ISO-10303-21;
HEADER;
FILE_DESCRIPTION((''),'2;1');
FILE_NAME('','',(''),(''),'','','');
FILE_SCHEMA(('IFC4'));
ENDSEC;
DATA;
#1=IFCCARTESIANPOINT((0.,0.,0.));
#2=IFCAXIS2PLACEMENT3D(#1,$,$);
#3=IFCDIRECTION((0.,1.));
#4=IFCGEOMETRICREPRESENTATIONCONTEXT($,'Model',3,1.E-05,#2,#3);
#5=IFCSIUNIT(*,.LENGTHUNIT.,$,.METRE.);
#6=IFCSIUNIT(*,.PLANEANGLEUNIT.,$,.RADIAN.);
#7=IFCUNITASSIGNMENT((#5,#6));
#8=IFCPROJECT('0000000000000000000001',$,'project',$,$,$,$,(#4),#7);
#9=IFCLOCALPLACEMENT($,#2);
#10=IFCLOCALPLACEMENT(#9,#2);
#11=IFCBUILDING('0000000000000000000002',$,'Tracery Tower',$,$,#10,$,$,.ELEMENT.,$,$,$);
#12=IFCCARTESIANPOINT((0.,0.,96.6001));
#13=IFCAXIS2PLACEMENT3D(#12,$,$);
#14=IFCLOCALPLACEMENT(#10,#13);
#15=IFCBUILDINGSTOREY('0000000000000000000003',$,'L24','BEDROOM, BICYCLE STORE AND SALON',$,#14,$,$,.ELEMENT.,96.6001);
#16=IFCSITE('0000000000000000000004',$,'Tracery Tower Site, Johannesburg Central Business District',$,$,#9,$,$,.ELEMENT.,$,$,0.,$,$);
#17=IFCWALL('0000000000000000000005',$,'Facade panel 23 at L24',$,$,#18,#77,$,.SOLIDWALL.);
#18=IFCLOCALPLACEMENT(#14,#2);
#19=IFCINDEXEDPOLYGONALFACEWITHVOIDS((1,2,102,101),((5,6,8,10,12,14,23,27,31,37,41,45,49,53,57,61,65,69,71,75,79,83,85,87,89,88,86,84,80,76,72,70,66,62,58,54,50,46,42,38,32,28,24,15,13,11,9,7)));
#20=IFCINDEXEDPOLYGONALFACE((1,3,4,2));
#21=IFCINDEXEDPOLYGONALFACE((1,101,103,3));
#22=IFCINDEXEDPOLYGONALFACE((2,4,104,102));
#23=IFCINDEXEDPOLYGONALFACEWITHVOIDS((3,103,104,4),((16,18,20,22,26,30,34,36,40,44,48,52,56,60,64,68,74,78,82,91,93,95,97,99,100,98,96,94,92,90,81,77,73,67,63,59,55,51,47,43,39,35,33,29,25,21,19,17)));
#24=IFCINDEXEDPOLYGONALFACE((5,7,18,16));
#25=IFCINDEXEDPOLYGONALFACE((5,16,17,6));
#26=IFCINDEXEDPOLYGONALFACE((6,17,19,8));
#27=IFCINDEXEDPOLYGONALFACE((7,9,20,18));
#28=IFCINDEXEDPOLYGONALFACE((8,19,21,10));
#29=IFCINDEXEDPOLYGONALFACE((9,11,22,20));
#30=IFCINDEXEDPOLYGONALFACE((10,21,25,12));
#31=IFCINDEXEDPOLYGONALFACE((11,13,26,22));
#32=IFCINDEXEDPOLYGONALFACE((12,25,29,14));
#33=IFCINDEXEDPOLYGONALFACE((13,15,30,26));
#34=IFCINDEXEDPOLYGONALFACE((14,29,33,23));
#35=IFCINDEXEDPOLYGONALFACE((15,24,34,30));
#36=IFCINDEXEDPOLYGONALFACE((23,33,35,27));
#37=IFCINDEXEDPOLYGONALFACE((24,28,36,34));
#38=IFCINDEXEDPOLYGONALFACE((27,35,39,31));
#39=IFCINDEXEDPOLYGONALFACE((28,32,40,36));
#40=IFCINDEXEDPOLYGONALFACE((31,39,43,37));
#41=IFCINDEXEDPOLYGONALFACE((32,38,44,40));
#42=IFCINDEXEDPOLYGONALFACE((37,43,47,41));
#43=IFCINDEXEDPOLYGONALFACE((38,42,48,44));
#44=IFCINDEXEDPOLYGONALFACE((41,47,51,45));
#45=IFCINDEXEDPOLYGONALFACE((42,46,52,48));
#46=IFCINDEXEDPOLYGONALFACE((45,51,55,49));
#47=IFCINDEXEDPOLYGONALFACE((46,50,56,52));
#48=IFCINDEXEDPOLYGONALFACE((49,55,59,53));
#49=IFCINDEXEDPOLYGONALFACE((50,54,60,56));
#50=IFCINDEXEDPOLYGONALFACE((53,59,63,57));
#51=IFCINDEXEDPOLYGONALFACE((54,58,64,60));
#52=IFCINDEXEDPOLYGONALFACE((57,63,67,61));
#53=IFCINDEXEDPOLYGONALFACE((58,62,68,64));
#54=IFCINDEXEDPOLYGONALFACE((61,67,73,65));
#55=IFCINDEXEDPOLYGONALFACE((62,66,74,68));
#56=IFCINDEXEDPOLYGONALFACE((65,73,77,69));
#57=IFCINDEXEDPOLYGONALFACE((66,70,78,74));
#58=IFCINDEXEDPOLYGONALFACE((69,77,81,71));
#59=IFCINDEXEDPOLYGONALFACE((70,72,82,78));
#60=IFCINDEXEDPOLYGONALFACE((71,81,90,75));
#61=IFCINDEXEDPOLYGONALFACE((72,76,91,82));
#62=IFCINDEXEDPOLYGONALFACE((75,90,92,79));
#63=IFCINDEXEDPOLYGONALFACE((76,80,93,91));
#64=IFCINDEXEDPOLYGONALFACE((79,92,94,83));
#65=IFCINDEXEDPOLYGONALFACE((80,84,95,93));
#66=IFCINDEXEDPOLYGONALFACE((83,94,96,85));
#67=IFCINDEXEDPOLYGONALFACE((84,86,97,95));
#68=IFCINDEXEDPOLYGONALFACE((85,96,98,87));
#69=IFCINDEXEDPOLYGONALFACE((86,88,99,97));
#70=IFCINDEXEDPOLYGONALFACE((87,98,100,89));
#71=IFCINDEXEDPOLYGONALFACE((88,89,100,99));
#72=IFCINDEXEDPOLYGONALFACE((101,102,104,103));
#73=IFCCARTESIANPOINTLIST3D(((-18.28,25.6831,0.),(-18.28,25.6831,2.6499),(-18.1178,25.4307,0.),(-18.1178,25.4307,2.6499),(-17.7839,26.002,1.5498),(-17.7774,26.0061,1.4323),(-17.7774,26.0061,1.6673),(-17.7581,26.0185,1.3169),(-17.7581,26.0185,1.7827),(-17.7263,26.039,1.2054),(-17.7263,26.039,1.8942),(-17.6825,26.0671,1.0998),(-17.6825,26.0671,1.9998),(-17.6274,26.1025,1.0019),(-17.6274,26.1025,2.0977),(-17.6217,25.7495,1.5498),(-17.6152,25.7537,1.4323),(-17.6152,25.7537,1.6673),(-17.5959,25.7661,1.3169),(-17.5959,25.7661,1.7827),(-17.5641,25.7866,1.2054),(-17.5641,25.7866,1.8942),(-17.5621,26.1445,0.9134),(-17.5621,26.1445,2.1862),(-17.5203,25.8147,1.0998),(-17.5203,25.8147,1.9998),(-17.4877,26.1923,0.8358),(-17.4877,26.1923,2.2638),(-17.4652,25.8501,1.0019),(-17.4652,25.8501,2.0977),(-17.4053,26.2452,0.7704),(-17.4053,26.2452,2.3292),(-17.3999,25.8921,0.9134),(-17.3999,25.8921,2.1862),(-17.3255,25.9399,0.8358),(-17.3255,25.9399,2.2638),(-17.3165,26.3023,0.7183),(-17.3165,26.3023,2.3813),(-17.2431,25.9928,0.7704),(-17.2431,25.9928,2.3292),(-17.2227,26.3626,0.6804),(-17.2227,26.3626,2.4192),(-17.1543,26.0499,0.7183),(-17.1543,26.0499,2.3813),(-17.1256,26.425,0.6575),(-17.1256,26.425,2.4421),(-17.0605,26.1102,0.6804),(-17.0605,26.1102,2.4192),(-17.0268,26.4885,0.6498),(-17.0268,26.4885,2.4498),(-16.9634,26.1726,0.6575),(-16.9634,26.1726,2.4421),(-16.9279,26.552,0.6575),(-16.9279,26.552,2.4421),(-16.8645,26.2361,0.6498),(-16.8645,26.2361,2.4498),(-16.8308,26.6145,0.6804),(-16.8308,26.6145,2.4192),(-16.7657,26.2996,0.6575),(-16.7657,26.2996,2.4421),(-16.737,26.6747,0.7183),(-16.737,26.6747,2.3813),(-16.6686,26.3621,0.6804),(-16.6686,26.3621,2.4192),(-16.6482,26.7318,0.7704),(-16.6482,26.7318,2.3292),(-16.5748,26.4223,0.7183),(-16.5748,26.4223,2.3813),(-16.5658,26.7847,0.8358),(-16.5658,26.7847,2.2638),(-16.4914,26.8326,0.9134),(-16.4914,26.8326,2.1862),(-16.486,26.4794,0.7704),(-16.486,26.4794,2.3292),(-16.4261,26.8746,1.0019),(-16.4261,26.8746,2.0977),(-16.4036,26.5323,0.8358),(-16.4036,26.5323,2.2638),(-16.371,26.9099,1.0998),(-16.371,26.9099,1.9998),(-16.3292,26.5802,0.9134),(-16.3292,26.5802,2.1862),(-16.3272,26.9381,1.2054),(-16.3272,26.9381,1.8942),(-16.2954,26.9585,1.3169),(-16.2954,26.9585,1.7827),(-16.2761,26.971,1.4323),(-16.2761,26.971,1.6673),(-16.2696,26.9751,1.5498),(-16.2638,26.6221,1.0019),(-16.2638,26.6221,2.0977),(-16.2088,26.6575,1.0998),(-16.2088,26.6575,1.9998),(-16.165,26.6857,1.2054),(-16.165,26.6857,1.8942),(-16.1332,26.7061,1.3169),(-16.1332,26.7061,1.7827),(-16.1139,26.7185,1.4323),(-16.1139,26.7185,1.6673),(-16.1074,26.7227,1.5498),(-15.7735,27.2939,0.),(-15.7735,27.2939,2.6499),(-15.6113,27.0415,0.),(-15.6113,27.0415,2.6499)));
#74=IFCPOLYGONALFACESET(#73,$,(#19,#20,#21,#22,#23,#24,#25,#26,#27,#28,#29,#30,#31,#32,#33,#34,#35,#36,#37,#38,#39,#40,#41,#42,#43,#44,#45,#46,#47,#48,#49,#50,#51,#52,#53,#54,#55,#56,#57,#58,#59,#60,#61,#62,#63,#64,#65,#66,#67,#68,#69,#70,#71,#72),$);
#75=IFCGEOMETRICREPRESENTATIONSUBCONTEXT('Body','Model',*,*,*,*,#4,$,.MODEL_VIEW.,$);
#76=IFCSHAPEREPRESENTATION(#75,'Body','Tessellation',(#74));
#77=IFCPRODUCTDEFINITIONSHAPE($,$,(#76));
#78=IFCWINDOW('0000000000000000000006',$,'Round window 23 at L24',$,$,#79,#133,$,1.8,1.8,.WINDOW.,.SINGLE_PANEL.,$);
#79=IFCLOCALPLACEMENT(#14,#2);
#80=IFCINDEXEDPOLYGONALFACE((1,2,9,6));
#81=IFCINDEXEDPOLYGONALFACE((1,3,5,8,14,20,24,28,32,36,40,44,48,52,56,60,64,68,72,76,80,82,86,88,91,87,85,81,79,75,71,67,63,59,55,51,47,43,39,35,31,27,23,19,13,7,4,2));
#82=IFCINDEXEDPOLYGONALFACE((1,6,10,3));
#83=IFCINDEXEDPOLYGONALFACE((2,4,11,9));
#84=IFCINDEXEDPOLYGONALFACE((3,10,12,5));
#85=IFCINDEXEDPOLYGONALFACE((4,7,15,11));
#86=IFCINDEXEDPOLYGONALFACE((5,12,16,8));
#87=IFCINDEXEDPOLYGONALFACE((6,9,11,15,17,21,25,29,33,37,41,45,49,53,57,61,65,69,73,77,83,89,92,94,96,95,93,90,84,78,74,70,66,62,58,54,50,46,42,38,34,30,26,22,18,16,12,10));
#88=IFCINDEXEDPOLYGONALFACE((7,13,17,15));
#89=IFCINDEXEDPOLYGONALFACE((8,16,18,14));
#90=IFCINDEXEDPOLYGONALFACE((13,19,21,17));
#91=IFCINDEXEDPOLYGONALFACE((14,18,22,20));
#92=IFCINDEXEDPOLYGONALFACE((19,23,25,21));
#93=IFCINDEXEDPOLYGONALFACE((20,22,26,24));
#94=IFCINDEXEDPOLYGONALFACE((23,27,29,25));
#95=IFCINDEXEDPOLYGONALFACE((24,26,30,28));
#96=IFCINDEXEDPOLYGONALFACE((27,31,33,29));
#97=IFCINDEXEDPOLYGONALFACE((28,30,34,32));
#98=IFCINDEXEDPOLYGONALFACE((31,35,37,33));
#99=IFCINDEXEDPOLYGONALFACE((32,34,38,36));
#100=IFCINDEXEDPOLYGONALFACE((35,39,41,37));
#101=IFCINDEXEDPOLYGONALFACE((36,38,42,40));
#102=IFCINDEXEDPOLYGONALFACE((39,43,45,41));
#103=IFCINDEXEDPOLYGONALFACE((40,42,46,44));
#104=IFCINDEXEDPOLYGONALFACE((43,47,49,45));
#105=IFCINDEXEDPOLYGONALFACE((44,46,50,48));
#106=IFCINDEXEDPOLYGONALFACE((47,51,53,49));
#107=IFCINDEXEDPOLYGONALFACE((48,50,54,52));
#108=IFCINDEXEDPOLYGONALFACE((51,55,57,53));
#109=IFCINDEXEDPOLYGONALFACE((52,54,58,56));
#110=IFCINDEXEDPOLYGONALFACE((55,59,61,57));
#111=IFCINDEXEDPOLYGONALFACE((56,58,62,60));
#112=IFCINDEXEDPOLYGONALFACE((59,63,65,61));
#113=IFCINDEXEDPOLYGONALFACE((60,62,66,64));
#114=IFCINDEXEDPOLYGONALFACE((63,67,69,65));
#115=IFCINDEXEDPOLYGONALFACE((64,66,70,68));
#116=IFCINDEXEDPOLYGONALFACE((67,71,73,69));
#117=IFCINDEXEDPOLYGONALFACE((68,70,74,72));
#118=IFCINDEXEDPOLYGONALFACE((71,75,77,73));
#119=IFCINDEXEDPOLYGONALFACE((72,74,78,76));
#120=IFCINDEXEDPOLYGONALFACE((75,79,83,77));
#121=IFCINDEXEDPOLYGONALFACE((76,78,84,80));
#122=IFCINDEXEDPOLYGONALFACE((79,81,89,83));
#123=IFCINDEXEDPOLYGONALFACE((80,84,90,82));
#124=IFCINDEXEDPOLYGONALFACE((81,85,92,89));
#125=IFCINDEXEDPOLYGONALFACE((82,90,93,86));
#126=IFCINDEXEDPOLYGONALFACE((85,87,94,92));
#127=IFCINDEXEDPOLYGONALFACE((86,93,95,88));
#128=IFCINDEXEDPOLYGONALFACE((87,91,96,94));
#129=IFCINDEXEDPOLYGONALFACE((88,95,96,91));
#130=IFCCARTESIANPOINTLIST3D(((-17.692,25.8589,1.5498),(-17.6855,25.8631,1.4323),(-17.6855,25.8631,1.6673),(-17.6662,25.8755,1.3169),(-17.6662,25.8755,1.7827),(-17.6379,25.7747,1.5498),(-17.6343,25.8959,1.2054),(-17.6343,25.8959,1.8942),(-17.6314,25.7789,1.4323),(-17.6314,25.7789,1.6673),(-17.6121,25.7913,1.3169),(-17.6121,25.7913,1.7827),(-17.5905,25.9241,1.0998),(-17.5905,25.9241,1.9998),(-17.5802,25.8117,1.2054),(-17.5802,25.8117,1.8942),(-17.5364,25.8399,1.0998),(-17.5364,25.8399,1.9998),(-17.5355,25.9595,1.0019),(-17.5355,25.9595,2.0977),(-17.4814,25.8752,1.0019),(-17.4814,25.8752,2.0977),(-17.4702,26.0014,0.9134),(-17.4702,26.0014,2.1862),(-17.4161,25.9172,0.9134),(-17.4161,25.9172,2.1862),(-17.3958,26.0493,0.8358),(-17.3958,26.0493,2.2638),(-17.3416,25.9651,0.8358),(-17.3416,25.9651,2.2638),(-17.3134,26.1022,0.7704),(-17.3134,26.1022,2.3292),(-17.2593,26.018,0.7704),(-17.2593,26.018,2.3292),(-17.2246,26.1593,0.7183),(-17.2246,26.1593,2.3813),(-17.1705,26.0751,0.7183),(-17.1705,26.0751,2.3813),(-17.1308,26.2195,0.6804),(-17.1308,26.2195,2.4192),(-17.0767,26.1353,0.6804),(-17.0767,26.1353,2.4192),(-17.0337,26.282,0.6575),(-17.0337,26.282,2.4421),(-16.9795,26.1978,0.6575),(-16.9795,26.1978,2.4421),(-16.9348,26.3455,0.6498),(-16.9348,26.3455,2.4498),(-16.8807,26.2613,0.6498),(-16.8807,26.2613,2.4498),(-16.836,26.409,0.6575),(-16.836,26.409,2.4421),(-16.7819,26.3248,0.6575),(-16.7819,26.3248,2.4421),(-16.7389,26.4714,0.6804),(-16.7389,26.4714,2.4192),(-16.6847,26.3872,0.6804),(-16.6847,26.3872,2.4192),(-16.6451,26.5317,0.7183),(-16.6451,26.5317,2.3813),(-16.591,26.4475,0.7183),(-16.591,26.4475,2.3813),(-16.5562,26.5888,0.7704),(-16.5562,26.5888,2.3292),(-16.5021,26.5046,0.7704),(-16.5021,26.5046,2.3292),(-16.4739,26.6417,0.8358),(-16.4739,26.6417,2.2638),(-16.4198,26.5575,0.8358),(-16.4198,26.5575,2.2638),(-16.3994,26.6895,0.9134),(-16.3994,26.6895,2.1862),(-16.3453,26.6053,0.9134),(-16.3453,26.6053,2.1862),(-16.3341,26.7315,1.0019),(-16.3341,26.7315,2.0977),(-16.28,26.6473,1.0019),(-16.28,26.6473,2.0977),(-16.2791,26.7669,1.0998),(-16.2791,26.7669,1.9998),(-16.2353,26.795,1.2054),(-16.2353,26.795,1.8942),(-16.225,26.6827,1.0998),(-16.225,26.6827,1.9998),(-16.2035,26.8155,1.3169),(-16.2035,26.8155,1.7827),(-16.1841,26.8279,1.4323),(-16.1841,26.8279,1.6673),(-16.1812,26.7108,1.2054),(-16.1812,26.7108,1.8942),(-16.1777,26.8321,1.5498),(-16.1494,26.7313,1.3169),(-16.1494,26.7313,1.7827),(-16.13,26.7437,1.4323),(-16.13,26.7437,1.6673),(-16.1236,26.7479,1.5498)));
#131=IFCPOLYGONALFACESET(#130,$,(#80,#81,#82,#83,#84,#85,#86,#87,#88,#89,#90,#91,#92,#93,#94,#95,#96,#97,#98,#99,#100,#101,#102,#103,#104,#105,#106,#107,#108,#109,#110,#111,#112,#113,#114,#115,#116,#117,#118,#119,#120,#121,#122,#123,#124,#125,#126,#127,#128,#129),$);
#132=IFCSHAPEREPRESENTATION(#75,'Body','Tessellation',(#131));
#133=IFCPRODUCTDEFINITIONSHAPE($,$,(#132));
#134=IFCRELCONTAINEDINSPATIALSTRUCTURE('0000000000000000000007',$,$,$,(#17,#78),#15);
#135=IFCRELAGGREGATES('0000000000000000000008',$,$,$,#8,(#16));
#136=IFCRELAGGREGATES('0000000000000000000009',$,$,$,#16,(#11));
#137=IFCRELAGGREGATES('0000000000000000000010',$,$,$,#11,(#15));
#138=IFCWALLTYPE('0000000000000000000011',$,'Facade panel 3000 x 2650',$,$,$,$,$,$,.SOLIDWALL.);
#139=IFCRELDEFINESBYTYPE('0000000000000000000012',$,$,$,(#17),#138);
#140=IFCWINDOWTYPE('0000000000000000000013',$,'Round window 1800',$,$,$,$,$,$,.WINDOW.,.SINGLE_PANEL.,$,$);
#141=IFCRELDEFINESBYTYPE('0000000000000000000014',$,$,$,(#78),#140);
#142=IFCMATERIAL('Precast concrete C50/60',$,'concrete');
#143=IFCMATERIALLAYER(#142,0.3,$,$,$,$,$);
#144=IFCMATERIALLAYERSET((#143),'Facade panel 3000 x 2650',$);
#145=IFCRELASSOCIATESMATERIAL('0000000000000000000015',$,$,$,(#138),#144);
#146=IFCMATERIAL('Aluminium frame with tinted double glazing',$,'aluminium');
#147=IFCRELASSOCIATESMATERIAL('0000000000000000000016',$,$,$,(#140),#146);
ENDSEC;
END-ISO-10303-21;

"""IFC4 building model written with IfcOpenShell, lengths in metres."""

from ifc_helpers import new_model, si_unit, direction, frame, frame_2d, origin, origin_2d, place, context, subcontext, project, spatial, rectangle, circle, extrude, material, layer, layer_set, type_object, element, fill, save


model = new_model("IFC4")

# Units and contexts
model_context = context("Model", 3, precision=1e-05, world=origin(), true_north=direction((0.0, 1.0)))
body_context = subcontext(model_context, "Body", "Model", "MODEL_VIEW")
ifc_project = project(units=[si_unit("LENGTHUNIT", "METRE"), si_unit("PLANEANGLEUNIT", "RADIAN")], contexts=[model_context])

# Site, building, storey
site_placement = place(None, origin())
site = spatial("IfcSite", under=ifc_project, at=site_placement, Name="Tracery Tower Site, Johannesburg Central Business District", CompositionType="ELEMENT", RefElevation=0.0)
building_placement = place(site_placement, origin())
building = spatial("IfcBuilding", under=site, at=building_placement, Name="Tracery Tower", CompositionType="ELEMENT")
storey_placement = place(building_placement, frame((0.0, 0.0, 96.6001)))
storey = spatial("IfcBuildingStorey", under=building, at=storey_placement, Name="L24", Description="BEDROOM, BICYCLE STORE AND SALON", CompositionType="ELEMENT", Elevation=96.6001)

# Wall, opening, window
ifc_material_1 = material(Name="Precast concrete C50/60", Category="concrete")
ifc_layer_1 = layer(ifc_material_1, 0.3)
ifc_layer_set_1 = layer_set([ifc_layer_1], Name="Facade panel 3000 x 2650")
wall_type_1 = type_object("IfcWallType", Name="Facade panel 3000 x 2650", PredefinedType="SOLIDWALL", material=ifc_layer_set_1)
wall_1_placement = place(storey_placement, frame((-15.6924, 27.1677, 0.0), z_axis=(0.0, 0.0, 1.0), x_axis=(-0.841261, -0.540629, 0.0)))
wall_1 = element("IfcWall", 1, at=wall_1_placement, inside=storey, type_object=wall_type_1, Name="Facade panel 23 at L24", PredefinedType="SOLIDWALL", context=body_context, shape_type="SweptSolid", body=[
    extrude(rectangle(XDim=2.9795, YDim=0.3, at=frame_2d((1.4897, 0.0))), origin(), (0.0, 0.0, 1.0), 2.6499),
])
opening_1_placement = place(wall_1_placement, frame((1.4897, 0.0, 1.5498)))
opening_1 = element("IfcOpeningElement", 2, at=opening_1_placement, cuts=wall_1, PredefinedType="OPENING", context=body_context, shape_type="SweptSolid", body=[
    extrude(circle(Radius=0.9, at=origin_2d()), frame((0.0, 0.1599, 0.0), z_axis=(0.0, -1.0, 0.0), x_axis=(1.0, 0.0, 0.0)), (0.0, 0.0, 1.0), 0.3201),
])
ifc_material_2 = material(Name="Aluminium frame with tinted double glazing", Category="aluminium")
window_type = type_object("IfcWindowType", Name="Round window 1800", PartitioningType="SINGLE_PANEL", PredefinedType="WINDOW", material=ifc_material_2)
window_1_placement = place(opening_1_placement, origin())
window_1 = element("IfcWindow", 3, at=window_1_placement, inside=storey, type_object=window_type, Name="Round window 23 at L24", OverallHeight=1.8, OverallWidth=1.8, PartitioningType="SINGLE_PANEL", PredefinedType="WINDOW", context=body_context, shape_type="SweptSolid", body=[
    extrude(circle(Radius=0.9, at=origin_2d()), frame((0.0, 0.1201, 0.0), z_axis=(0.0, -1.0, 0.0), x_axis=(1.0, 0.0, 0.0)), (0.0, 0.0, 1.0), 0.1001),
])
fill(opening_1, window_1)

save(model, "model.ifc")
